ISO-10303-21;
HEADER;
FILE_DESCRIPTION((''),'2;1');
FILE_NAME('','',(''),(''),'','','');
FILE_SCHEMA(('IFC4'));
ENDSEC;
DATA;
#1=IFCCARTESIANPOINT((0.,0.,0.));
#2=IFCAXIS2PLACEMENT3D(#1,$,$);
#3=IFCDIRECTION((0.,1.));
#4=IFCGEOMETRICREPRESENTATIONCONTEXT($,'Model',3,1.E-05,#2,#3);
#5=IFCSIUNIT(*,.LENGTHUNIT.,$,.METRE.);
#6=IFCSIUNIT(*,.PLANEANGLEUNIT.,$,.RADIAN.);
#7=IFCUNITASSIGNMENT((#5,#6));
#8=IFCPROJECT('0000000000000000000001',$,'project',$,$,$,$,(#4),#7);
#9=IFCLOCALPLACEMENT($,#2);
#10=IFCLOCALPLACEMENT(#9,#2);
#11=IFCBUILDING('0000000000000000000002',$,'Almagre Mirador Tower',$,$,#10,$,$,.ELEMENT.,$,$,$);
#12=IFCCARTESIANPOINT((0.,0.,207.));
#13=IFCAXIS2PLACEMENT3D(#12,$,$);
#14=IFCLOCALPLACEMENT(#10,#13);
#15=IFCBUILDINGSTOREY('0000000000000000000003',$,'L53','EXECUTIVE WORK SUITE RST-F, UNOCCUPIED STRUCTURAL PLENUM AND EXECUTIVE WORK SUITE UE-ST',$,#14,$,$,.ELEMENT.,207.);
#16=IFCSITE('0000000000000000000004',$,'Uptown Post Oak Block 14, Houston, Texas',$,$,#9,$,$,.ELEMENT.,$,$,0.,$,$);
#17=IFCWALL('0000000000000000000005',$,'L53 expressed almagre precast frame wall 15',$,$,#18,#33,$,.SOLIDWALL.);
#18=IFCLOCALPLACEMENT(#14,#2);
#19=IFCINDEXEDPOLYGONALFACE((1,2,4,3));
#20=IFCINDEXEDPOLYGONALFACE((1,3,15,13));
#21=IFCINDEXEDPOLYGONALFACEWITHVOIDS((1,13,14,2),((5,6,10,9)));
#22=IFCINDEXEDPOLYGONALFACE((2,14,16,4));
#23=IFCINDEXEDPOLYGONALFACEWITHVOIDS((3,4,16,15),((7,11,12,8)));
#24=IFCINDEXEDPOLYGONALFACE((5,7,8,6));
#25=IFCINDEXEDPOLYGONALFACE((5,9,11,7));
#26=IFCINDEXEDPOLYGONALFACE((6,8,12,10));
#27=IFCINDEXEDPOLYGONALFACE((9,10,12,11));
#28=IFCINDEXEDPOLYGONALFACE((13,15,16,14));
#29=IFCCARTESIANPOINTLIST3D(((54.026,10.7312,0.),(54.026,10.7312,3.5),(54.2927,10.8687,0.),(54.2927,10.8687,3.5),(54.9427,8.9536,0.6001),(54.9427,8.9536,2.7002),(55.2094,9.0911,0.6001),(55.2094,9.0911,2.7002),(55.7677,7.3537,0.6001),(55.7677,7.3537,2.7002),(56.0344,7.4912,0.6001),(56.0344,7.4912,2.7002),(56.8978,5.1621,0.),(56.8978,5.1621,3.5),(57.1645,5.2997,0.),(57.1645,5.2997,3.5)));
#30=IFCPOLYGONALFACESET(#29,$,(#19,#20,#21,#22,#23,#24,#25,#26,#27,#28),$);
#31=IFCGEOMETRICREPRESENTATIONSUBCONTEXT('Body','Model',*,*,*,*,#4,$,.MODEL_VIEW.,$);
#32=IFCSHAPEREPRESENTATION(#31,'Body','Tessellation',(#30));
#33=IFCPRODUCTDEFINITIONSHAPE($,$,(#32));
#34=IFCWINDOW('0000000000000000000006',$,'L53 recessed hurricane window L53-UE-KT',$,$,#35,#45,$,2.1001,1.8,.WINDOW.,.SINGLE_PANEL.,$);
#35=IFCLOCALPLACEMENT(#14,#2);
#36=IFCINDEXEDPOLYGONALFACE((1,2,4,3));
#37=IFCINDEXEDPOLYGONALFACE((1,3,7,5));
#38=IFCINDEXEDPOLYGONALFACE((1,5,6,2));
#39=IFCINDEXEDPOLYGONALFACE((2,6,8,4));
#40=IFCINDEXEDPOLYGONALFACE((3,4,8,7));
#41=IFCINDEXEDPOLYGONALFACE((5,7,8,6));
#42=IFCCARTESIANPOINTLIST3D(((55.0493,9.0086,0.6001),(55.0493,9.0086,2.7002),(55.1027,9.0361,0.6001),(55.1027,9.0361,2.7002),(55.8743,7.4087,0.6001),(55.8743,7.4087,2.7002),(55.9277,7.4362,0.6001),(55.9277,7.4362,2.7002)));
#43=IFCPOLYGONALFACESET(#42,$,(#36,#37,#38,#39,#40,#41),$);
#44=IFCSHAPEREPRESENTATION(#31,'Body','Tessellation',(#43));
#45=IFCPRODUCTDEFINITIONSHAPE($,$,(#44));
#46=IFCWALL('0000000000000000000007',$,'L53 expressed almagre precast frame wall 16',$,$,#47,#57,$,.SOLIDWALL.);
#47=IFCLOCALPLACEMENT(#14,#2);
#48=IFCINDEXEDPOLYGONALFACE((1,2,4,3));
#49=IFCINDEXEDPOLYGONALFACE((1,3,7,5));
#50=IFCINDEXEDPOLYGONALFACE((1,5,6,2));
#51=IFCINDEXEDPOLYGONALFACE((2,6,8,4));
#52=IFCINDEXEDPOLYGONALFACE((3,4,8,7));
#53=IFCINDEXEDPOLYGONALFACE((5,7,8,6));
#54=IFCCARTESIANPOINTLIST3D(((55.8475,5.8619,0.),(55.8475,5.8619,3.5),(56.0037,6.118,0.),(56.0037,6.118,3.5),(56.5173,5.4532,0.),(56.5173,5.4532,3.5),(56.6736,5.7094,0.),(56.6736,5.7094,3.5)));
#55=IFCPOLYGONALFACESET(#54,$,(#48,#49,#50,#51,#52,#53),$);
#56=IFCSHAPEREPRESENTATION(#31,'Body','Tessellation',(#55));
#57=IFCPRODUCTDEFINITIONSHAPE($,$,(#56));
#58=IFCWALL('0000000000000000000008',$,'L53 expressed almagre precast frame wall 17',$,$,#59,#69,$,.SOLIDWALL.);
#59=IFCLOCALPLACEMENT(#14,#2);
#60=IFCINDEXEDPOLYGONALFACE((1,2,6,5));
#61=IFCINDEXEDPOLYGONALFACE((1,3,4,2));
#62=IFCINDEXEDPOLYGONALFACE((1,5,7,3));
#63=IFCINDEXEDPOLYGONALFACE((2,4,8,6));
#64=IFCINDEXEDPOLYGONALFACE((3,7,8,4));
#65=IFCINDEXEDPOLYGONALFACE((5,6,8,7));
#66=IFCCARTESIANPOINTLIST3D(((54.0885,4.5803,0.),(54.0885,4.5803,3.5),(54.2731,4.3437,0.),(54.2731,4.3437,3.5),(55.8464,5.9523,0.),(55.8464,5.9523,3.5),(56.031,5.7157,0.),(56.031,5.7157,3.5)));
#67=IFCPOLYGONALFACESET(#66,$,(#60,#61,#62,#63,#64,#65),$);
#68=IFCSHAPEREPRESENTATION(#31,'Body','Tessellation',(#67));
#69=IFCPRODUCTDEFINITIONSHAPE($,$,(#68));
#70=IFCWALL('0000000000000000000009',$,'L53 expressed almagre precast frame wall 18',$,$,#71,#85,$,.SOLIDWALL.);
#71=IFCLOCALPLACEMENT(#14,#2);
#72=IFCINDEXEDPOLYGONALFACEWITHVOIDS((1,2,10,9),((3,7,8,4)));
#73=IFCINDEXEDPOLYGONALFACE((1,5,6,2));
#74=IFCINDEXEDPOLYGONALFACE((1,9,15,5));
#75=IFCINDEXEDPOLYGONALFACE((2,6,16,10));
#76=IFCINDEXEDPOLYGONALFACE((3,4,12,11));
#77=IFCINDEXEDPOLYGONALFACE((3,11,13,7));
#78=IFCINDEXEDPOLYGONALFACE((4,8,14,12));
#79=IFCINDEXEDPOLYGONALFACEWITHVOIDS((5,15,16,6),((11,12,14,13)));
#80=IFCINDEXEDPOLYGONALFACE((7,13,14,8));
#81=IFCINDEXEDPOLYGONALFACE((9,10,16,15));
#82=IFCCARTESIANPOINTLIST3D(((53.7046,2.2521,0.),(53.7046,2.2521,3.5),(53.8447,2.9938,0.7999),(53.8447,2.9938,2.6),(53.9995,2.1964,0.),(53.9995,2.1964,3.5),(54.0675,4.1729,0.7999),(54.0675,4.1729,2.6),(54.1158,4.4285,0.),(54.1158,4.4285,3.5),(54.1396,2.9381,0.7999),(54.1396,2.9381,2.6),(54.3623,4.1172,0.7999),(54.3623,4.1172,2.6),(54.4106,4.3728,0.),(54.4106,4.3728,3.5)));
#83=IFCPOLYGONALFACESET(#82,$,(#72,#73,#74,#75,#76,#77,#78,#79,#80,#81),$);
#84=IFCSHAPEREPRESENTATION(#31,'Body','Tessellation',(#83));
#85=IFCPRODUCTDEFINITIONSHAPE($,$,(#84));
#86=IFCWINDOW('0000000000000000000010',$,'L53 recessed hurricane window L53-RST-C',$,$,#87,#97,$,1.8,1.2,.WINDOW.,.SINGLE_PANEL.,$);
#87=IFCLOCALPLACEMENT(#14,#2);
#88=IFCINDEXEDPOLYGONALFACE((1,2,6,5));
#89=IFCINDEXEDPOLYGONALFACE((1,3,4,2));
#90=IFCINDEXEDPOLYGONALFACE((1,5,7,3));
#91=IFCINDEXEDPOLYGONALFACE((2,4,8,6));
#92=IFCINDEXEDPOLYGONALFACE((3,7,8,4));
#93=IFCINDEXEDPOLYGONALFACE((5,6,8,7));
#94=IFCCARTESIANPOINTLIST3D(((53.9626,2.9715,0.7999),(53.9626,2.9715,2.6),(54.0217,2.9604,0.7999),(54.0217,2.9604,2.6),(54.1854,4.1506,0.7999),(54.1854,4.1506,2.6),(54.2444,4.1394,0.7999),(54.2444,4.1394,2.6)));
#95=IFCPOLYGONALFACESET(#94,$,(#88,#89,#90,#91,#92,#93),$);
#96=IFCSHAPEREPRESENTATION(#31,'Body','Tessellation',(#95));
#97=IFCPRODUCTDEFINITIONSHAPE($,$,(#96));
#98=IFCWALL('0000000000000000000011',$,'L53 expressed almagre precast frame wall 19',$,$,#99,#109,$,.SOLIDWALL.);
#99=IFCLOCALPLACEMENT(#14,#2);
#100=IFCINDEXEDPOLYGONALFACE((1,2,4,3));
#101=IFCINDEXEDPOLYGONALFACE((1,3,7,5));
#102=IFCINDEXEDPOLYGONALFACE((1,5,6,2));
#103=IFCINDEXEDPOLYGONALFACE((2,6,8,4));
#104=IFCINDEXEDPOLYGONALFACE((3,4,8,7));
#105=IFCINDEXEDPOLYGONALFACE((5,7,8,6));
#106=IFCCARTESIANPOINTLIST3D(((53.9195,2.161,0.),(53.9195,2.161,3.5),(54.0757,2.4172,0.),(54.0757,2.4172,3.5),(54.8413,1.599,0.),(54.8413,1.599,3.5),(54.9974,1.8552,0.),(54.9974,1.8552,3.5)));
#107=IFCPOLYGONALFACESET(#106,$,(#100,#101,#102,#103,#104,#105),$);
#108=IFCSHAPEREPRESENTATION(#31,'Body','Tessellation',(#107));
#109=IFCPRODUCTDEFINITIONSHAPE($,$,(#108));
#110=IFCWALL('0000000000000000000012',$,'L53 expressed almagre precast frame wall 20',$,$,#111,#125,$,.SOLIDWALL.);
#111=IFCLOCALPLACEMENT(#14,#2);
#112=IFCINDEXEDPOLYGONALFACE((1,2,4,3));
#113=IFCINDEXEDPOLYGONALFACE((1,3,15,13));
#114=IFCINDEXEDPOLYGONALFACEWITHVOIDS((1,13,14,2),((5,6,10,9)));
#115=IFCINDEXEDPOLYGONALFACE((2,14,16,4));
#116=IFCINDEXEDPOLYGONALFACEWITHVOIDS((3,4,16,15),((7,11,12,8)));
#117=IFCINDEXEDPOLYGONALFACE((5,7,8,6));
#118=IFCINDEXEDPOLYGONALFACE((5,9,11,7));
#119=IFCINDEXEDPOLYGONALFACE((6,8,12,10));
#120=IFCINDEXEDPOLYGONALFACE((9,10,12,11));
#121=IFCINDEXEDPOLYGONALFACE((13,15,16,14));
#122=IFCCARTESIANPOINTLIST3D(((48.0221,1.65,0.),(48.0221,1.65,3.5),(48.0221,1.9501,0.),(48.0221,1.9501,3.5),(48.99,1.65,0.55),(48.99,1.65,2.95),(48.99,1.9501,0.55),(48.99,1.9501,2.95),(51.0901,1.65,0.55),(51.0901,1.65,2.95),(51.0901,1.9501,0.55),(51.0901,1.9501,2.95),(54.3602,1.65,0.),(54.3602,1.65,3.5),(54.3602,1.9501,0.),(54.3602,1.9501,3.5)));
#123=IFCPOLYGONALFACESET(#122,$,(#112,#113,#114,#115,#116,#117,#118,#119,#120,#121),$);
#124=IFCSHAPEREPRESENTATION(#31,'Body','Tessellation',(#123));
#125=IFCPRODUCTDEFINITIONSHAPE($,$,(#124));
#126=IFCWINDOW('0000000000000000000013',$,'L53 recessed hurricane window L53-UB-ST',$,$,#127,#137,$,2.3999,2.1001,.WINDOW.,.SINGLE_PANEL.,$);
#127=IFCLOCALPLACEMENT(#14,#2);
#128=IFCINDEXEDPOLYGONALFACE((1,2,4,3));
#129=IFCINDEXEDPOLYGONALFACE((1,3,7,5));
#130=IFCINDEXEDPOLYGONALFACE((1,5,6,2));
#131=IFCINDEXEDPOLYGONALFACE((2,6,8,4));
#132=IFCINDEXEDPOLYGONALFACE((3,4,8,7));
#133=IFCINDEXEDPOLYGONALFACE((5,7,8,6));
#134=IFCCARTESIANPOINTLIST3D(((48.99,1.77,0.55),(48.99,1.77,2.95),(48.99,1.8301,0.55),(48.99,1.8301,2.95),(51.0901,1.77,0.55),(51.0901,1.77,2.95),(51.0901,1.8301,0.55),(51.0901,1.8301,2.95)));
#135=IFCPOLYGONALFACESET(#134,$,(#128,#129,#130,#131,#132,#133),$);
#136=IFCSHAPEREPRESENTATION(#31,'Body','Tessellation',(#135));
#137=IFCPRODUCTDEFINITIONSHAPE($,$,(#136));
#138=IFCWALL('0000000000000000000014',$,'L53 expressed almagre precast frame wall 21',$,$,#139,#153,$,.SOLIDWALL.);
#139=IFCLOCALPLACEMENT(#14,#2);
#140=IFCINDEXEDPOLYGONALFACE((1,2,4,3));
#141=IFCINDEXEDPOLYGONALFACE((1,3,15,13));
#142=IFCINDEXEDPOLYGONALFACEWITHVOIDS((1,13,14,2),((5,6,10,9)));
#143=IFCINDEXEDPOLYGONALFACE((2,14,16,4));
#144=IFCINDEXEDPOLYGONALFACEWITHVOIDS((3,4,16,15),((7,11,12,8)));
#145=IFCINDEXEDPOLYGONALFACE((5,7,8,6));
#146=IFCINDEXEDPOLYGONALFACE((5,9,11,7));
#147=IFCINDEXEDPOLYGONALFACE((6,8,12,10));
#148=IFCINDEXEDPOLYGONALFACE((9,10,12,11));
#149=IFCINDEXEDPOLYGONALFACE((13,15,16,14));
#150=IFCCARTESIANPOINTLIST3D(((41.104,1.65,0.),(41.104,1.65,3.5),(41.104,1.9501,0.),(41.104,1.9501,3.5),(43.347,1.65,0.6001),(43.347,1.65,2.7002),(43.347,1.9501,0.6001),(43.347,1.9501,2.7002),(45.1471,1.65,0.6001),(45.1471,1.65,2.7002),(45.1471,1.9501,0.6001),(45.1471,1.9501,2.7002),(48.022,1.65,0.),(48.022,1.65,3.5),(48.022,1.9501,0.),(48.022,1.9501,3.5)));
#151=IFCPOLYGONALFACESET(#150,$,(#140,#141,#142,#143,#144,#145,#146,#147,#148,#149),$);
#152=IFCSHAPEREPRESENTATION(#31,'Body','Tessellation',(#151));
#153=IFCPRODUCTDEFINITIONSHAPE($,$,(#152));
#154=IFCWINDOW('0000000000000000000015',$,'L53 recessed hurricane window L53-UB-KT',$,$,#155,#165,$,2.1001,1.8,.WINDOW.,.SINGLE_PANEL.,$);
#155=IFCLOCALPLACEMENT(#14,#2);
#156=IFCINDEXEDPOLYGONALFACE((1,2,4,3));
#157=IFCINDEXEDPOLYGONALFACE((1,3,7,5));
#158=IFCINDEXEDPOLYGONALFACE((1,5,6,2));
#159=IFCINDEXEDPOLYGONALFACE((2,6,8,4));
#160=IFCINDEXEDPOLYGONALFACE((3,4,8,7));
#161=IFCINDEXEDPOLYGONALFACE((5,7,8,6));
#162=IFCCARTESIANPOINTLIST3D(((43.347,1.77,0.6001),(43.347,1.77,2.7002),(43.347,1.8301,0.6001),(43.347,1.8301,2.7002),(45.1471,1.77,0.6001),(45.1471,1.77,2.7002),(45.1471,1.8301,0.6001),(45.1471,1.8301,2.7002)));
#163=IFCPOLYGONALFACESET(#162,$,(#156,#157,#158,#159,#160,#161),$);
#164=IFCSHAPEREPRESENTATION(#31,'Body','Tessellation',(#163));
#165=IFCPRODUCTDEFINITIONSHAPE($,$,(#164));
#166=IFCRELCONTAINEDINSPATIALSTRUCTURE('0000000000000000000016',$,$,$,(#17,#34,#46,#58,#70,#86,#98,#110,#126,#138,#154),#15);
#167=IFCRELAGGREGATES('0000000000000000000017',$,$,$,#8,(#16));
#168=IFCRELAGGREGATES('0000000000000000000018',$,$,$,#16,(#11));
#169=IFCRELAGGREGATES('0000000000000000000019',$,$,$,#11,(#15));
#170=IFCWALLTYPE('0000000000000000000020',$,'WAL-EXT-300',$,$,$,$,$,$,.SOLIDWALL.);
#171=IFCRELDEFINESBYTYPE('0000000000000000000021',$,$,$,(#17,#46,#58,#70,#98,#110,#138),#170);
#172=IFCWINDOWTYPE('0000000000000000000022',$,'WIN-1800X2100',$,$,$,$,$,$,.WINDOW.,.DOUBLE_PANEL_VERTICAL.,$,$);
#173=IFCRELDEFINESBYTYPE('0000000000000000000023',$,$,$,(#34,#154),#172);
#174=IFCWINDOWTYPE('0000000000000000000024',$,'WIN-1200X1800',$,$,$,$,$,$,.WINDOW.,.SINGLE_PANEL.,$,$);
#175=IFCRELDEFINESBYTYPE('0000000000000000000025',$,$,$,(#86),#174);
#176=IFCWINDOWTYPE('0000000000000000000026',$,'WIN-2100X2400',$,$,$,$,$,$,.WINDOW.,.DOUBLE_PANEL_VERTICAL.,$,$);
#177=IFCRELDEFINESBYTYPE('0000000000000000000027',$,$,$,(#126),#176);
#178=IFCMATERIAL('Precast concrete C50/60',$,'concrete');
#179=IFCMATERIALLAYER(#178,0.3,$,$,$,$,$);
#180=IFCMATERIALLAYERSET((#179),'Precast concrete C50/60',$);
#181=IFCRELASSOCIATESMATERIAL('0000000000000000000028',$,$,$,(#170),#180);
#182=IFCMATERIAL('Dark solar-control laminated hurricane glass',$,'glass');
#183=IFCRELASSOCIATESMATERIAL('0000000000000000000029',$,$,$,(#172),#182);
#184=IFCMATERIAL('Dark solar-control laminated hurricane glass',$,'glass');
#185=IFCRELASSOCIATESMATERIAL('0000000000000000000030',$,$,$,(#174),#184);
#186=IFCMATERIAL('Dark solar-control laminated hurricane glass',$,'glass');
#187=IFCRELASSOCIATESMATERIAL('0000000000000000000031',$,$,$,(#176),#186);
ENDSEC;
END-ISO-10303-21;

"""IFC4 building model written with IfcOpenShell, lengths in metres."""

from ifc_helpers import new_model, si_unit, direction, frame, frame_2d, origin, place, context, subcontext, project, spatial, rectangle, extrude, material, layer, layer_set, type_object, element, fill, save


model = new_model("IFC4")

# Units and contexts
model_context = context("Model", 3, precision=1e-05, world=origin(), true_north=direction((0.0, 1.0)))
body_context = subcontext(model_context, "Body", "Model", "MODEL_VIEW")
ifc_project = project(units=[si_unit("LENGTHUNIT", "METRE"), si_unit("PLANEANGLEUNIT", "RADIAN")], contexts=[model_context])

# Site, building, storey
site_placement = place(None, origin())
site = spatial("IfcSite", under=ifc_project, at=site_placement, Name="Uptown Post Oak Block 14, Houston, Texas", CompositionType="ELEMENT", RefElevation=0.0)
building_placement = place(site_placement, origin())
building = spatial("IfcBuilding", under=site, at=building_placement, Name="Almagre Mirador Tower", CompositionType="ELEMENT")
storey_placement = place(building_placement, frame((0.0, 0.0, 207.0)))
storey = spatial("IfcBuildingStorey", under=building, at=storey_placement, Name="L53", Description="EXECUTIVE WORK SUITE RST-F, UNOCCUPIED STRUCTURAL PLENUM AND EXECUTIVE WORK SUITE UE-ST", CompositionType="ELEMENT", Elevation=207.0)

# Wall, opening, window
ifc_material_1 = material(Name="Precast concrete C50/60", Category="concrete")
ifc_layer_1 = layer(ifc_material_1, 0.3)
ifc_layer_set_1 = layer_set([ifc_layer_1], Name="Precast concrete C50/60")
wall_type_1 = type_object("IfcWallType", Name="WAL-EXT-300", PredefinedType="SOLIDWALL", material=ifc_layer_set_1)
wall_1_placement = place(storey_placement, frame((54.1594, 10.7998, 0.0), z_axis=(0.0, 0.0, 1.0), x_axis=(0.458322, -0.888786, 0.0)))
wall_1 = element("IfcWall", 1, at=wall_1_placement, inside=storey, type_object=wall_type_1, Name="L53 expressed almagre precast frame wall 15", PredefinedType="SOLIDWALL", context=body_context, shape_type="SweptSolid", body=[
    extrude(rectangle(XDim=6.2659, YDim=0.3, at=frame_2d((3.1328, 0.0))), origin(), (0.0, 0.0, 1.0), 3.5),
])
opening_1_placement = place(wall_1_placement, frame((2.0, 0.0, 0.6001)))
opening_1 = element("IfcOpeningElement", 2, at=opening_1_placement, cuts=wall_1, PredefinedType="OPENING", context=body_context, shape_type="SweptSolid", body=[
    extrude(rectangle(XDim=1.8, YDim=2.1001, at=frame_2d((0.8999, 1.05))), frame((0.0, 0.1599, 0.0), z_axis=(0.0, -1.0, 0.0), x_axis=(1.0, 0.0, 0.0)), (0.0, 0.0, 1.0), 0.32),
])
ifc_material_2 = material(Name="Dark solar-control laminated hurricane glass", Category="glass")
window_type_1 = type_object("IfcWindowType", Name="WIN-1800X2100", PartitioningType="DOUBLE_PANEL_VERTICAL", PredefinedType="WINDOW", material=ifc_material_2)
window_1_placement = place(opening_1_placement, origin())
window_1 = element("IfcWindow", 3, at=window_1_placement, inside=storey, type_object=window_type_1, Name="L53 recessed hurricane window L53-UE-KT", OverallHeight=2.1001, OverallWidth=1.8, PartitioningType="SINGLE_PANEL", PredefinedType="WINDOW", context=body_context, shape_type="SweptSolid", body=[
    extrude(rectangle(XDim=1.8, YDim=2.1001, at=frame_2d((0.8999, 1.05))), frame((0.0, 0.03, 0.0), z_axis=(0.0, -1.0, 0.0), x_axis=(1.0, 0.0, 0.0)), (0.0, 0.0, 1.0), 0.0601),
])
fill(opening_1, window_1)

# Walls
wall_2_placement = place(storey_placement, frame((56.5955, 5.5813, 0.0), z_axis=(0.0, 0.0, 1.0), x_axis=(-0.853681, 0.520795, 0.0)))
element("IfcWall", 4, at=wall_2_placement, inside=storey, type_object=wall_type_1, Name="L53 expressed almagre precast frame wall 16", PredefinedType="SOLIDWALL", context=body_context, shape_type="SweptSolid", body=[
    extrude(rectangle(XDim=0.7847, YDim=0.3, at=frame_2d((0.3923, 0.0))), origin(), (0.0, 0.0, 1.0), 3.5),
])
wall_3_placement = place(storey_placement, frame((55.9387, 5.834, 0.0), z_axis=(0.0, 0.0, 1.0), x_axis=(-0.788331, -0.615251, 0.0)))
element("IfcWall", 5, at=wall_3_placement, inside=storey, type_object=wall_type_1, Name="L53 expressed almagre precast frame wall 17", PredefinedType="SOLIDWALL", context=body_context, shape_type="SweptSolid", body=[
    extrude(rectangle(XDim=2.23, YDim=0.3, at=frame_2d((1.115, 0.0))), origin(), (0.0, 0.0, 1.0), 3.5),
])

# Wall, opening, window
wall_4_placement = place(storey_placement, frame((54.2632, 4.4006, 0.0), z_axis=(0.0, 0.0, 1.0), x_axis=(-0.185633, -0.982619, 0.0)))
wall_4 = element("IfcWall", 6, at=wall_4_placement, inside=storey, type_object=wall_type_1, Name="L53 expressed almagre precast frame wall 18", PredefinedType="SOLIDWALL", context=body_context, shape_type="SweptSolid", body=[
    extrude(rectangle(XDim=2.2148, YDim=0.3, at=frame_2d((1.1074, 0.0))), origin(), (0.0, 0.0, 1.0), 3.5),
])
opening_2_placement = place(wall_4_placement, frame((0.26, 0.0, 0.8)))
opening_2 = element("IfcOpeningElement", 7, at=opening_2_placement, cuts=wall_4, PredefinedType="OPENING", context=body_context, shape_type="SweptSolid", body=[
    extrude(rectangle(XDim=1.2, YDim=1.8, at=frame_2d((0.6001, 0.8999))), frame((0.0, 0.1599, 0.0), z_axis=(0.0, -1.0, 0.0), x_axis=(1.0, 0.0, 0.0)), (0.0, 0.0, 1.0), 0.32),
])
ifc_material_3 = material(Name="Dark solar-control laminated hurricane glass", Category="glass")
window_type_2 = type_object("IfcWindowType", Name="WIN-1200X1800", PartitioningType="SINGLE_PANEL", PredefinedType="WINDOW", material=ifc_material_3)
window_2_placement = place(opening_2_placement, origin())
window_2 = element("IfcWindow", 8, at=window_2_placement, inside=storey, type_object=window_type_2, Name="L53 recessed hurricane window L53-RST-C", OverallHeight=1.8, OverallWidth=1.2, PartitioningType="SINGLE_PANEL", PredefinedType="WINDOW", context=body_context, shape_type="SweptSolid", body=[
    extrude(rectangle(XDim=1.2, YDim=1.8, at=frame_2d((0.6001, 0.8999))), frame((0.0, 0.03, 0.0), z_axis=(0.0, -1.0, 0.0), x_axis=(1.0, 0.0, 0.0)), (0.0, 0.0, 1.0), 0.0601),
])
fill(opening_2, window_2)

# Wall
wall_5_placement = place(storey_placement, frame((53.9976, 2.2891, 0.0), z_axis=(0.0, 0.0, 1.0), x_axis=(0.85384, -0.520535, 0.0)))
element("IfcWall", 9, at=wall_5_placement, inside=storey, type_object=wall_type_1, Name="L53 expressed almagre precast frame wall 19", PredefinedType="SOLIDWALL", context=body_context, shape_type="SweptSolid", body=[
    extrude(rectangle(XDim=1.0796, YDim=0.3, at=frame_2d((0.5398, 0.0))), origin(), (0.0, 0.0, 1.0), 3.5),
])

# Walls, openings, windows
wall_6_placement = place(storey_placement, frame((54.3601, 1.8, 0.0), z_axis=(0.0, 0.0, 1.0), x_axis=(-1.0, 0.0, 0.0)))
wall_6 = element("IfcWall", 10, at=wall_6_placement, inside=storey, type_object=wall_type_1, Name="L53 expressed almagre precast frame wall 20", PredefinedType="SOLIDWALL", context=body_context, shape_type="SweptSolid", body=[
    extrude(rectangle(XDim=6.3381, YDim=0.3, at=frame_2d((3.1689, 0.0))), origin(), (0.0, 0.0, 1.0), 3.5),
])
opening_3_placement = place(wall_6_placement, frame((3.27, 0.0, 0.55)))
opening_3 = element("IfcOpeningElement", 11, at=opening_3_placement, cuts=wall_6, PredefinedType="OPENING", context=body_context, shape_type="SweptSolid", body=[
    extrude(rectangle(XDim=2.1001, YDim=2.3999, at=frame_2d((1.05, 1.2))), frame((0.0, 0.1599, 0.0), z_axis=(0.0, -1.0, 0.0), x_axis=(1.0, 0.0, 0.0)), (0.0, 0.0, 1.0), 0.32),
])
ifc_material_4 = material(Name="Dark solar-control laminated hurricane glass", Category="glass")
window_type_3 = type_object("IfcWindowType", Name="WIN-2100X2400", PartitioningType="DOUBLE_PANEL_VERTICAL", PredefinedType="WINDOW", material=ifc_material_4)
window_3_placement = place(opening_3_placement, origin())
window_3 = element("IfcWindow", 12, at=window_3_placement, inside=storey, type_object=window_type_3, Name="L53 recessed hurricane window L53-UB-ST", OverallHeight=2.3999, OverallWidth=2.1001, PartitioningType="SINGLE_PANEL", PredefinedType="WINDOW", context=body_context, shape_type="SweptSolid", body=[
    extrude(rectangle(XDim=2.1001, YDim=2.3999, at=frame_2d((1.05, 1.2))), frame((0.0, 0.03, 0.0), z_axis=(0.0, -1.0, 0.0), x_axis=(1.0, 0.0, 0.0)), (0.0, 0.0, 1.0), 0.0601),
])
fill(opening_3, window_3)
wall_7_placement = place(storey_placement, frame((48.022, 1.8, 0.0), z_axis=(0.0, 0.0, 1.0), x_axis=(-1.0, 0.0, 0.0)))
wall_7 = element("IfcWall", 13, at=wall_7_placement, inside=storey, type_object=wall_type_1, Name="L53 expressed almagre precast frame wall 21", PredefinedType="SOLIDWALL", context=body_context, shape_type="SweptSolid", body=[
    extrude(rectangle(XDim=6.918, YDim=0.3, at=frame_2d((3.459, 0.0))), origin(), (0.0, 0.0, 1.0), 3.5),
])
opening_4_placement = place(wall_7_placement, frame((2.875, 0.0, 0.6001)))
opening_4 = element("IfcOpeningElement", 14, at=opening_4_placement, cuts=wall_7, PredefinedType="OPENING", context=body_context, shape_type="SweptSolid", body=[
    extrude(rectangle(XDim=1.8, YDim=2.1001, at=frame_2d((0.8999, 1.05))), frame((0.0, 0.1599, 0.0), z_axis=(0.0, -1.0, 0.0), x_axis=(1.0, 0.0, 0.0)), (0.0, 0.0, 1.0), 0.32),
])
window_4_placement = place(opening_4_placement, origin())
window_4 = element("IfcWindow", 15, at=window_4_placement, inside=storey, type_object=window_type_1, Name="L53 recessed hurricane window L53-UB-KT", OverallHeight=2.1001, OverallWidth=1.8, PartitioningType="SINGLE_PANEL", PredefinedType="WINDOW", context=body_context, shape_type="SweptSolid", body=[
    extrude(rectangle(XDim=1.8, YDim=2.1001, at=frame_2d((0.8999, 1.05))), frame((0.0, 0.03, 0.0), z_axis=(0.0, -1.0, 0.0), x_axis=(1.0, 0.0, 0.0)), (0.0, 0.0, 1.0), 0.0601),
])
fill(opening_4, window_4)

save(model, "model.ifc")
